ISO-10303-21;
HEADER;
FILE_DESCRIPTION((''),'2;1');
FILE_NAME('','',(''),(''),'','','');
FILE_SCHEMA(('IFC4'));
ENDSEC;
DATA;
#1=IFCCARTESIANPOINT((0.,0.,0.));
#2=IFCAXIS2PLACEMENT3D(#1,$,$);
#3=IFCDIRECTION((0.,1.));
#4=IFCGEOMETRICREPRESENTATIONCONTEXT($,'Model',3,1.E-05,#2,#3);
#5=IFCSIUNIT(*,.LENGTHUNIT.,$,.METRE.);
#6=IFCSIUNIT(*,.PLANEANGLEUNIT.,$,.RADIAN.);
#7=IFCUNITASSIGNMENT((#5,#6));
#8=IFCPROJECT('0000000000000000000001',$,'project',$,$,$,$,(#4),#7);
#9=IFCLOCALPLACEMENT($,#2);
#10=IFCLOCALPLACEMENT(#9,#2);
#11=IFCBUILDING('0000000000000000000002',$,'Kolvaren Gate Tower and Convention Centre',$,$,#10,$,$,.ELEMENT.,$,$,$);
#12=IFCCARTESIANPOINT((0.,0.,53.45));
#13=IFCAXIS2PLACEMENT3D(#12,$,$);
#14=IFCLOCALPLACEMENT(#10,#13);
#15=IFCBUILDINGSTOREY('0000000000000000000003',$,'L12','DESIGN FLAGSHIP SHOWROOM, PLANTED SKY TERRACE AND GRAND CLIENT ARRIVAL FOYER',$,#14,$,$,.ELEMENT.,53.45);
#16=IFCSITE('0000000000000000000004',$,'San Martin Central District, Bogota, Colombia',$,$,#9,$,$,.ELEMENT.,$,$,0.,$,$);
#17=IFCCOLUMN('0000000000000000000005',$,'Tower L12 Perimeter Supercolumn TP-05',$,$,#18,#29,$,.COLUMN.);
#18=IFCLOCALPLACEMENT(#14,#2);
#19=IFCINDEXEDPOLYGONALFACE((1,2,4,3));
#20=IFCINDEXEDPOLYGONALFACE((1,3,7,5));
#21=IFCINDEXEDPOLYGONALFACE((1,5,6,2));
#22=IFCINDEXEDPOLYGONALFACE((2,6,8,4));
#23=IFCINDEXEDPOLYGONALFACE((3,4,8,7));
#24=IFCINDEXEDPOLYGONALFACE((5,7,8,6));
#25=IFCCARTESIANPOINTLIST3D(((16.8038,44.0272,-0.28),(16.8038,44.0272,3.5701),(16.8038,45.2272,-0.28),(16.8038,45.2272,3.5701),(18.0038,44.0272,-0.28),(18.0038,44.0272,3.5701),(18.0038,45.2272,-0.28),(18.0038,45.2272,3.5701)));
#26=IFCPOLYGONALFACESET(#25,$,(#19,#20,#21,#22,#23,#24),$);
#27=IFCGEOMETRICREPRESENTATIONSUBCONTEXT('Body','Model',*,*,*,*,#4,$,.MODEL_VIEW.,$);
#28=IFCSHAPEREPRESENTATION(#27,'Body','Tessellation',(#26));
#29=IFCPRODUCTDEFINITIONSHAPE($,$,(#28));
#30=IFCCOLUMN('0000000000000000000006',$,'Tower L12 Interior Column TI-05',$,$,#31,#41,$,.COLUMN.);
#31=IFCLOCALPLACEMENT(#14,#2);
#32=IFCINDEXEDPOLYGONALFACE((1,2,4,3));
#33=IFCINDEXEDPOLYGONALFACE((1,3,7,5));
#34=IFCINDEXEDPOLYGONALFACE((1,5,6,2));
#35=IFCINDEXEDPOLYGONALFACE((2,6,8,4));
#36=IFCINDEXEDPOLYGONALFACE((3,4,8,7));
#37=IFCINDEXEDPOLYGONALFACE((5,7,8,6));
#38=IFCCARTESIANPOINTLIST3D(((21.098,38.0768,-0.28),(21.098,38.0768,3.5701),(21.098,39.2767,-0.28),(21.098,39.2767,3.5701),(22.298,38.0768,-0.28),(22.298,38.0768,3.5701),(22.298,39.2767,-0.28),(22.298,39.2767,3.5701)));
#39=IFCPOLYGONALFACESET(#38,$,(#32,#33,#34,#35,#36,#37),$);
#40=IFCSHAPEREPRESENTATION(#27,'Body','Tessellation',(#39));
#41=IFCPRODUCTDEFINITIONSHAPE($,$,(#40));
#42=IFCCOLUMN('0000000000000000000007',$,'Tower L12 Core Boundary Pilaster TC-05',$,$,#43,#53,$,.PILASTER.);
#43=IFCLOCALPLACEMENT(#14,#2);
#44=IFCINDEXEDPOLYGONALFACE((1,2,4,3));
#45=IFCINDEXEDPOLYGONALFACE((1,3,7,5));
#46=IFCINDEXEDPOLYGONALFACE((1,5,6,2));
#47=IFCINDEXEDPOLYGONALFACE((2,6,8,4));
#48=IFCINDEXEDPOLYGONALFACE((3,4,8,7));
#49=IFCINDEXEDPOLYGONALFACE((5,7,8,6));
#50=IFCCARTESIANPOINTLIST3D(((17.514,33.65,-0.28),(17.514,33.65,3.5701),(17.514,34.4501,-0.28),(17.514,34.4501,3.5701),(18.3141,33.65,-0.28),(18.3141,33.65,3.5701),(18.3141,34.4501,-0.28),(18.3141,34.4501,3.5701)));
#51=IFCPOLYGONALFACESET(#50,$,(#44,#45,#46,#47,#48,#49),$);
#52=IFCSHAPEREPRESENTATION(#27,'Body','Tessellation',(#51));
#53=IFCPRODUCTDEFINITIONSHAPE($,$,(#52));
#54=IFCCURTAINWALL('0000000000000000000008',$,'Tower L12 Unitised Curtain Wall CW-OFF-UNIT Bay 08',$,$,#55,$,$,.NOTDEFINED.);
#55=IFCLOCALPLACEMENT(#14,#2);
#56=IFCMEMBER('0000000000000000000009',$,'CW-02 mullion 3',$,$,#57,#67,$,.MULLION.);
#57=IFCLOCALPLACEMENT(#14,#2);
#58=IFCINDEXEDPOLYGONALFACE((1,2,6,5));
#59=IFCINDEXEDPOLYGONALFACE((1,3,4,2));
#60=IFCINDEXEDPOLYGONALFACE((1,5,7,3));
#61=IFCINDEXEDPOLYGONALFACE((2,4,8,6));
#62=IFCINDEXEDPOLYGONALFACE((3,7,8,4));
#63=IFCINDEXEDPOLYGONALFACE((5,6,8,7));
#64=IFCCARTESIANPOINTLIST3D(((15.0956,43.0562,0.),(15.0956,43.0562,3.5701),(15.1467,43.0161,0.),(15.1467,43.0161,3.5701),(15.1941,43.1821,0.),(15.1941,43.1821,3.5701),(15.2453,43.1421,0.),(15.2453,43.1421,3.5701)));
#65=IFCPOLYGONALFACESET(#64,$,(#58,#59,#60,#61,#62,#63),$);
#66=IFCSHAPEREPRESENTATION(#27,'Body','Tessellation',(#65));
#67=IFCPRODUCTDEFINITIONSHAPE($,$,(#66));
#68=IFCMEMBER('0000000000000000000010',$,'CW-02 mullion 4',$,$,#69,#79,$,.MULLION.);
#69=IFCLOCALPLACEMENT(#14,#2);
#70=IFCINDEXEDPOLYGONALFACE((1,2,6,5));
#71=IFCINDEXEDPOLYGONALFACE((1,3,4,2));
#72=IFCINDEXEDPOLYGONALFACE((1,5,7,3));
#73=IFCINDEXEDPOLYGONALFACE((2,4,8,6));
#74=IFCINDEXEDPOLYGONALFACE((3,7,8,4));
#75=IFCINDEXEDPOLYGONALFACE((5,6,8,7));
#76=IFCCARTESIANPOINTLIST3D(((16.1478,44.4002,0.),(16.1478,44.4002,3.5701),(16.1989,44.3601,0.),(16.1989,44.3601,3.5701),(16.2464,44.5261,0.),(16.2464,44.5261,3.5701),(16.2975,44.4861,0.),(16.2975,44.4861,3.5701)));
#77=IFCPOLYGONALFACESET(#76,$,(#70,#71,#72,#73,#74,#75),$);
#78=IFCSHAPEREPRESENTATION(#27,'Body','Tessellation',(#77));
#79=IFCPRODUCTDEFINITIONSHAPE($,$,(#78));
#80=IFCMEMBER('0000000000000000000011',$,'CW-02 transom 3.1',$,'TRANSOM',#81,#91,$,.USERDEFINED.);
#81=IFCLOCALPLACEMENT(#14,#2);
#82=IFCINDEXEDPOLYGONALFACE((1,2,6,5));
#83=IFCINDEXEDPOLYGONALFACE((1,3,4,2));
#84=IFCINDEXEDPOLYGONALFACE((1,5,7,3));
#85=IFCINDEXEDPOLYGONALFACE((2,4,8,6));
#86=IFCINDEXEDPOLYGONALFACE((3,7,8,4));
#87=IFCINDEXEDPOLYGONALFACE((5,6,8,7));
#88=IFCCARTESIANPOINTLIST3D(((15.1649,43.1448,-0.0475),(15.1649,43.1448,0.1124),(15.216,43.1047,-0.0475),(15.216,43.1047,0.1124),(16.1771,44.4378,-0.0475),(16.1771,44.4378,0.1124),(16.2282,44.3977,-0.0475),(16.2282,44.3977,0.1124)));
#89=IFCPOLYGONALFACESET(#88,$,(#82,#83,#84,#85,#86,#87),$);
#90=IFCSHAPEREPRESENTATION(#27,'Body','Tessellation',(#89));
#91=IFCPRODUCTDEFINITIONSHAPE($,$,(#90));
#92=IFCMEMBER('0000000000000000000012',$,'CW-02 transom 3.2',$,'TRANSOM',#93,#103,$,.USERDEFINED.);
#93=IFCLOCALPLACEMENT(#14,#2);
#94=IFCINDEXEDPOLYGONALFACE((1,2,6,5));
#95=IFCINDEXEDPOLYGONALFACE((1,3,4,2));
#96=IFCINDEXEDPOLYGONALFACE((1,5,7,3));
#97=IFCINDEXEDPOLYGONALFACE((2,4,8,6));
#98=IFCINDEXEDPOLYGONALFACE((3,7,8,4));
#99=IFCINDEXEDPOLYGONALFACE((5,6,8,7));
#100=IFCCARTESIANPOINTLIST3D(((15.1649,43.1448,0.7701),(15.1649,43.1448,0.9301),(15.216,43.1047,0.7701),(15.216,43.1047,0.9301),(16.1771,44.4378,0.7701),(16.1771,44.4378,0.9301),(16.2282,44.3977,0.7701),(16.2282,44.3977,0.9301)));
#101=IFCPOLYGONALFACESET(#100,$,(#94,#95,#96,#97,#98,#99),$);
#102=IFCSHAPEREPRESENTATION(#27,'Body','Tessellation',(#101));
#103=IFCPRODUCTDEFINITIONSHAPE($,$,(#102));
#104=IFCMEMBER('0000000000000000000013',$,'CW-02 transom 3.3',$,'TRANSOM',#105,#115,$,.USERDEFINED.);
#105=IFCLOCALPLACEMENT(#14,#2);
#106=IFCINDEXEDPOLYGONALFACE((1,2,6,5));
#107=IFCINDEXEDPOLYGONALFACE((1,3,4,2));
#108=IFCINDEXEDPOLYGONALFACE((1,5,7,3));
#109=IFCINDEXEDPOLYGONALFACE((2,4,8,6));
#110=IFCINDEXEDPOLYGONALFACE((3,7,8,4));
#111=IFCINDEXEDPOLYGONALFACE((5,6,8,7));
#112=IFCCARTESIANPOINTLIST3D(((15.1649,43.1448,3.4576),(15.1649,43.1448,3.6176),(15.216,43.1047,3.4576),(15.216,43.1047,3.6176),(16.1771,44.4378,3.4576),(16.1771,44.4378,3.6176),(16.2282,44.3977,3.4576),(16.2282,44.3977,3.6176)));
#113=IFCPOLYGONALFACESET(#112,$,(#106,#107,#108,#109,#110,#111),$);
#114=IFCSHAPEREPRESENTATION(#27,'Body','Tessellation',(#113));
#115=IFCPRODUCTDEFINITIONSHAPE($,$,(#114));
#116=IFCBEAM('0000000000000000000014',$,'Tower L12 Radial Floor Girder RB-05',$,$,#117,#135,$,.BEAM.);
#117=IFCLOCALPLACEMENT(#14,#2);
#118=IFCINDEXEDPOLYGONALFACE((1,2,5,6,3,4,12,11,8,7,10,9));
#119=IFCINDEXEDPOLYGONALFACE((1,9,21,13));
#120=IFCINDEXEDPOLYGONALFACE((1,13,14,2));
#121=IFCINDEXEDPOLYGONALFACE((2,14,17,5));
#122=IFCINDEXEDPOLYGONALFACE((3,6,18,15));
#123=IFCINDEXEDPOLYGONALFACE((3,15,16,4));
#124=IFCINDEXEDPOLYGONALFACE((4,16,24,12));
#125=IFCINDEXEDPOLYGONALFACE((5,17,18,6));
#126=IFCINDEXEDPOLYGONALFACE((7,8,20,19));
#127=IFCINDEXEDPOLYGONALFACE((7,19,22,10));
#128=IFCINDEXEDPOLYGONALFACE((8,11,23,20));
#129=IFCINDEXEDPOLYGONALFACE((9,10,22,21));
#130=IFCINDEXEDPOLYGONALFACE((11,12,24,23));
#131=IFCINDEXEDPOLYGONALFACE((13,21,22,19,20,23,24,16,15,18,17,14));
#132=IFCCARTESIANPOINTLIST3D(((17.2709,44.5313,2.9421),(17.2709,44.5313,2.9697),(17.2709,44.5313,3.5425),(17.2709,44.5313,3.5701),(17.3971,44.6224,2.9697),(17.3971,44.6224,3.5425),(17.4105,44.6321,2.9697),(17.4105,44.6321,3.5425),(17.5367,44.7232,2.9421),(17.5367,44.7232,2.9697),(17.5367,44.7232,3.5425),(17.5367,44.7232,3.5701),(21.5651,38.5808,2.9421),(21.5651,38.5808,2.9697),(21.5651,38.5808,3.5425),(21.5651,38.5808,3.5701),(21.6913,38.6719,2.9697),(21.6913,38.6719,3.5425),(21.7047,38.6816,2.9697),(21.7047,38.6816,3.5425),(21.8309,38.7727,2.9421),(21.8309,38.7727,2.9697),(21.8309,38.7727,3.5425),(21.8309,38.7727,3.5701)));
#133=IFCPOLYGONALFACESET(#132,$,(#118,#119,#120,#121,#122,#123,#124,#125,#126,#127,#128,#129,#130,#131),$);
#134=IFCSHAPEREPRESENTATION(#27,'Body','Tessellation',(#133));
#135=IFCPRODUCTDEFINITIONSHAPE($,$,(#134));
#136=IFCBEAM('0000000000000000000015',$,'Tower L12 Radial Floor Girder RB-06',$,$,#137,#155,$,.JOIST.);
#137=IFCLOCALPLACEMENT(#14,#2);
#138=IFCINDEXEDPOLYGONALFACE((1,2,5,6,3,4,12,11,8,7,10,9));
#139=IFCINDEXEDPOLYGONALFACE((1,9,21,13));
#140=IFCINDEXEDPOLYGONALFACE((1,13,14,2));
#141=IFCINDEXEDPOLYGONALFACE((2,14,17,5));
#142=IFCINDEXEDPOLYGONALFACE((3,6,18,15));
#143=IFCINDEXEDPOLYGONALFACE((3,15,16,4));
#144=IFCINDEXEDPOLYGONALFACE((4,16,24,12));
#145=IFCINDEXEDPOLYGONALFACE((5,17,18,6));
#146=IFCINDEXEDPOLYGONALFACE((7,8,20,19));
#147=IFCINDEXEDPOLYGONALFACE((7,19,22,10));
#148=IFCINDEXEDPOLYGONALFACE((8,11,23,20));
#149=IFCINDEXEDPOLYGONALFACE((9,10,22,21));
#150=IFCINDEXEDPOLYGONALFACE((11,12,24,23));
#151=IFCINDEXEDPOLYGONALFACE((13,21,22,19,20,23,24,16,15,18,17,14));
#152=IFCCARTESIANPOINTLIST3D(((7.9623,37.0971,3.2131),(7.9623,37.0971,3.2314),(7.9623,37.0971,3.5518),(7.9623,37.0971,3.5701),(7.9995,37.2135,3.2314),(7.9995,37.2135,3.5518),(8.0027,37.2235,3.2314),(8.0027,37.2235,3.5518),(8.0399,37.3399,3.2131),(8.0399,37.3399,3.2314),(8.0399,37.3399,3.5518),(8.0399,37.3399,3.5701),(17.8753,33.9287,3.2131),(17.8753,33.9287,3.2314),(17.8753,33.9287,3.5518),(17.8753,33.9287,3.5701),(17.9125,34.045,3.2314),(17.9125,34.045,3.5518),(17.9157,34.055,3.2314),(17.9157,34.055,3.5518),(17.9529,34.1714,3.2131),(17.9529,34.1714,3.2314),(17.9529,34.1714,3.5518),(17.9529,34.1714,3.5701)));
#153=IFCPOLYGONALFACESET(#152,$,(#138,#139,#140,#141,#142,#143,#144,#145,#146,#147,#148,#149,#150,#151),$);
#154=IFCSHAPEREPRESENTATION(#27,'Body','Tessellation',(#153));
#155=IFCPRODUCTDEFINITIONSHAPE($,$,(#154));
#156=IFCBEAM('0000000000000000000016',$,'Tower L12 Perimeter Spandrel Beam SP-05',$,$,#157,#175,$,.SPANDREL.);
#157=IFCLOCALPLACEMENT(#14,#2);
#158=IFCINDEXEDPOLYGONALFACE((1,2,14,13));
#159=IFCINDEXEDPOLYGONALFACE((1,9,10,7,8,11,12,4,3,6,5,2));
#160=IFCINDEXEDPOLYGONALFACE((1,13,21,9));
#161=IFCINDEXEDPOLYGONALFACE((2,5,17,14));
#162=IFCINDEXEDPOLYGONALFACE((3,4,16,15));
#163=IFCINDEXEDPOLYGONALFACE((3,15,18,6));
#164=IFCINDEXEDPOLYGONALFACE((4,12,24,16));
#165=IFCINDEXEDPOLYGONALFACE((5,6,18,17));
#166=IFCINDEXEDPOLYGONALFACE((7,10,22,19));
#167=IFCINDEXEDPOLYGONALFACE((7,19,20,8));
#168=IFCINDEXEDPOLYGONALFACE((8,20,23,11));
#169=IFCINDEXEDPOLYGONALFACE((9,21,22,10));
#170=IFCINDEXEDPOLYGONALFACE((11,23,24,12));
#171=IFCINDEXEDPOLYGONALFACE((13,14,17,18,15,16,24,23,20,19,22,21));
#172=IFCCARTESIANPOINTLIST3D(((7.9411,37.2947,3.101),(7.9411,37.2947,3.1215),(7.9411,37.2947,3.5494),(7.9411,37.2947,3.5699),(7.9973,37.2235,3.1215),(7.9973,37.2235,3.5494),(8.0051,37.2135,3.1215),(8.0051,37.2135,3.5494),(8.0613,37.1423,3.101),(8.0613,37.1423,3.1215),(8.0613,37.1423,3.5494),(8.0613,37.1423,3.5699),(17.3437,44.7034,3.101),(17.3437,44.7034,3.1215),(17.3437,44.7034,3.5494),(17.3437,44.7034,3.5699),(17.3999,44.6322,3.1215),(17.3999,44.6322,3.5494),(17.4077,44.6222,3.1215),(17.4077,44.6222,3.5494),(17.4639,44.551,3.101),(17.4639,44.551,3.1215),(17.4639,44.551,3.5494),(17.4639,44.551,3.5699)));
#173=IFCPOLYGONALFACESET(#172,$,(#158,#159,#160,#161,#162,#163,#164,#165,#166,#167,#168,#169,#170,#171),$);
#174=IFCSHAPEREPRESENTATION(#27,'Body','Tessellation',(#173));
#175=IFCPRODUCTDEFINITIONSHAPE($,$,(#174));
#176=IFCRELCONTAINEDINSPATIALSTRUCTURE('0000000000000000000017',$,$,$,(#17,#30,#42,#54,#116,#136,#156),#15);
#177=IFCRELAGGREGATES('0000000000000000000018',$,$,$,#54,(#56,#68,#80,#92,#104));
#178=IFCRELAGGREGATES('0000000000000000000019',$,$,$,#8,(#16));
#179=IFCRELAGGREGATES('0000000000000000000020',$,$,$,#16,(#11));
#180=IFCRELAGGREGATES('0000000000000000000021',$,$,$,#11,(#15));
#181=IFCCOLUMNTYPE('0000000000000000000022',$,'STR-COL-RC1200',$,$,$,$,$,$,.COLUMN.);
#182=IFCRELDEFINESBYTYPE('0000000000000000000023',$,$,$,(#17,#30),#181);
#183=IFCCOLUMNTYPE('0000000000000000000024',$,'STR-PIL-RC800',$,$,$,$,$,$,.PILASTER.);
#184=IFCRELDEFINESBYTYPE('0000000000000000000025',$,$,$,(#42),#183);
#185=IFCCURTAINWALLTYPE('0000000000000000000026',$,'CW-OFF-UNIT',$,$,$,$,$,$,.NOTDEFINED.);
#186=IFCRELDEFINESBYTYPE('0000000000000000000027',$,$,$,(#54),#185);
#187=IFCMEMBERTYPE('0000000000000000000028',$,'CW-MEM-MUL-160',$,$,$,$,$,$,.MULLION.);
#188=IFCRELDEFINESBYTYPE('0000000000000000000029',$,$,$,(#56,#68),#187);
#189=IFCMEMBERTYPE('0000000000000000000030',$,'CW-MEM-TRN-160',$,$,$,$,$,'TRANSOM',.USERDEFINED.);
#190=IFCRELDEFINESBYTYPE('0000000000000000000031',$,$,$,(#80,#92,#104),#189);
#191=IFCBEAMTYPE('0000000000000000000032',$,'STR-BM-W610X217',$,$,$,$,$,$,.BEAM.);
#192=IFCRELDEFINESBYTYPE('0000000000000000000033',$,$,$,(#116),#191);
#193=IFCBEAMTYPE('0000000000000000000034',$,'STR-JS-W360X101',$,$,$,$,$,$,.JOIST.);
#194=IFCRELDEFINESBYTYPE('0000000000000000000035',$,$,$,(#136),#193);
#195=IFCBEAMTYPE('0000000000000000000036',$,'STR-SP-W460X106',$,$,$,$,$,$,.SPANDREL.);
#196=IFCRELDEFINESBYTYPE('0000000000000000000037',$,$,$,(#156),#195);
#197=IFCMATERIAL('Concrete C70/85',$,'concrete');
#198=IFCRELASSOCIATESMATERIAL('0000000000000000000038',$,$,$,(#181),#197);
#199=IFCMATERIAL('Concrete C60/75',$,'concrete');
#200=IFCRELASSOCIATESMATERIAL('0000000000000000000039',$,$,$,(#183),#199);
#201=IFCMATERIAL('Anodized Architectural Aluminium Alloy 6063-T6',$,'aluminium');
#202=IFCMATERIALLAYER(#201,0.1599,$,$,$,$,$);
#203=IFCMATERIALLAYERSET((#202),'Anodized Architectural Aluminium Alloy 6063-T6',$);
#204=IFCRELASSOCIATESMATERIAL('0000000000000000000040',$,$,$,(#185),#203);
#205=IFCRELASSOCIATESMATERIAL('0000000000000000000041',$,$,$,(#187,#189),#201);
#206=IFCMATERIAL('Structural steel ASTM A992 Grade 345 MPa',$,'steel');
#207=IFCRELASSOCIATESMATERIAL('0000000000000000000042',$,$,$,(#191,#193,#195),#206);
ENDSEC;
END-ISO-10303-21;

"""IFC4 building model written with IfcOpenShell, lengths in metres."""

from ifc_helpers import new_model, si_unit, direction, frame, origin, origin_2d, place, context, subcontext, project, spatial, rectangle, i_section, extrude, material, layer, layer_set, material_profile, profile_set, type_object, element, aggregate, save


model = new_model("IFC4")

# Units and contexts
model_context = context("Model", 3, precision=1e-05, world=origin(), true_north=direction((0.0, 1.0)))
body_context = subcontext(model_context, "Body", "Model", "MODEL_VIEW")
ifc_project = project(units=[si_unit("LENGTHUNIT", "METRE"), si_unit("PLANEANGLEUNIT", "RADIAN")], contexts=[model_context])

# Site, building, storey
site_placement = place(None, origin())
site = spatial("IfcSite", under=ifc_project, at=site_placement, Name="San Martin Central District, Bogota, Colombia", CompositionType="ELEMENT", RefElevation=0.0)
building_placement = place(site_placement, origin())
building = spatial("IfcBuilding", under=site, at=building_placement, Name="Kolvaren Gate Tower and Convention Centre", CompositionType="ELEMENT")
storey_placement = place(building_placement, frame((0.0, 0.0, 53.45)))
storey = spatial("IfcBuildingStorey", under=building, at=storey_placement, Name="L12", Description="DESIGN FLAGSHIP SHOWROOM, PLANTED SKY TERRACE AND GRAND CLIENT ARRIVAL FOYER", CompositionType="ELEMENT", Elevation=53.45)

# Columns
ifc_material_1 = material(Name="Concrete C70/85", Category="concrete")
ifc_material_profile_1 = material_profile(ifc_material_1, rectangle(XDim=1.2, YDim=1.2, at=origin_2d()), Name="RC-COL-1200X1200")
ifc_profile_set_1 = profile_set([ifc_material_profile_1], Name="Concrete C70/85")
column_type_1 = type_object("IfcColumnType", Name="STR-COL-RC1200", PredefinedType="COLUMN", material=ifc_profile_set_1)
for number, where, z_axis, x_axis, name in (
    (1, (17.4038, 44.6272, -0.28), (0.0, 0.0, 1.0), (1.0, 0.0, 0.0), "Tower L12 Perimeter Supercolumn TP-05"),
    (2, (21.698, 38.6768, -0.28), (0.0, 0.0, 1.0), (1.0, 0.0, 0.0), "Tower L12 Interior Column TI-05"),
):
    element("IfcColumn", number, at=place(storey_placement, frame(where, z_axis=z_axis, x_axis=x_axis)), inside=storey, type_object=column_type_1, Name=name, PredefinedType="COLUMN", context=body_context, shape_type="SweptSolid", body=[
        extrude(rectangle(XDim=1.2, YDim=1.2, at=origin_2d()), origin(), (0.0, 0.0, 1.0), 3.8501),
    ])
ifc_material_2 = material(Name="Concrete C60/75", Category="concrete")
ifc_material_profile_2 = material_profile(ifc_material_2, rectangle(XDim=0.8, YDim=0.8, at=origin_2d()), Name="RC-COL-800X800")
ifc_profile_set_2 = profile_set([ifc_material_profile_2], Name="Concrete C60/75")
column_type_2 = type_object("IfcColumnType", Name="STR-PIL-RC800", PredefinedType="PILASTER", material=ifc_profile_set_2)
column_placement = place(storey_placement, frame((17.9141, 34.05, -0.28), z_axis=(0.0, 0.0, 1.0), x_axis=(1.0, 0.0, 0.0)))
element("IfcColumn", 3, at=column_placement, inside=storey, type_object=column_type_2, Name="Tower L12 Core Boundary Pilaster TC-05", PredefinedType="PILASTER", context=body_context, shape_type="SweptSolid", body=[
    extrude(rectangle(XDim=0.8, YDim=0.8, at=origin_2d()), origin(), (0.0, 0.0, 1.0), 3.8501),
])

# Curtain wall, members
ifc_material_3 = material(Name="Anodized Architectural Aluminium Alloy 6063-T6", Category="aluminium")
ifc_layer_1 = layer(ifc_material_3, 0.1599)
ifc_layer_set_1 = layer_set([ifc_layer_1], Name="Anodized Architectural Aluminium Alloy 6063-T6")
curtain_wall_type = type_object("IfcCurtainWallType", Name="CW-OFF-UNIT", PredefinedType="NOTDEFINED", material=ifc_layer_set_1)
curtain_wall_placement = place(storey_placement, origin())
curtain_wall = element("IfcCurtainWall", 4, at=curtain_wall_placement, inside=storey, type_object=curtain_wall_type, Name="Tower L12 Unitised Curtain Wall CW-OFF-UNIT Bay 08", PredefinedType="NOTDEFINED")
ifc_material_profile_3 = material_profile(ifc_material_3, rectangle(XDim=0.0649, YDim=0.1599, at=origin_2d()), Name="CW-MEM-MUL-160")
ifc_profile_set_3 = profile_set([ifc_material_profile_3], Name="Anodized Architectural Aluminium Alloy 6063-T6")
member_type_1 = type_object("IfcMemberType", Name="CW-MEM-MUL-160", PredefinedType="MULLION", material=ifc_profile_set_3)
member_1_placement = place(storey_placement, frame((15.1704, 43.0991, 0.0), z_axis=(0.0, 0.0, 1.0), x_axis=(-0.787403, 0.616438, 0.0)))
member_1 = element("IfcMember", 5, at=member_1_placement, type_object=member_type_1, Name="CW-02 mullion 3", PredefinedType="MULLION", context=body_context, shape_type="SweptSolid", body=[
    extrude(rectangle(XDim=0.0649, YDim=0.1599, at=origin_2d()), origin(), (0.0, 0.0, 1.0), 3.5701),
])
member_2_placement = place(storey_placement, frame((16.2227, 44.4431, 0.0), z_axis=(0.0, 0.0, 1.0), x_axis=(-0.787403, 0.616438, 0.0)))
member_2 = element("IfcMember", 6, at=member_2_placement, type_object=member_type_1, Name="CW-02 mullion 4", PredefinedType="MULLION", context=body_context, shape_type="SweptSolid", body=[
    extrude(rectangle(XDim=0.0649, YDim=0.1599, at=origin_2d()), origin(), (0.0, 0.0, 1.0), 3.5701),
])
ifc_material_profile_4 = material_profile(ifc_material_3, rectangle(XDim=0.0649, YDim=0.1599, at=origin_2d()), Name="CW-MEM-TRN-160")
ifc_profile_set_4 = profile_set([ifc_material_profile_4], Name="Anodized Architectural Aluminium Alloy 6063-T6")
member_type_2 = type_object("IfcMemberType", Name="CW-MEM-TRN-160", ElementType="TRANSOM", PredefinedType="USERDEFINED", material=ifc_profile_set_4)
member_3_placement = place(storey_placement, frame((15.1904, 43.1248, 0.0325), z_axis=(0.616429, 0.787411, 0.0), x_axis=(-0.787411, 0.616429, 0.0)))
member_3 = element("IfcMember", 7, at=member_3_placement, type_object=member_type_2, Name="CW-02 transom 3.1", ObjectType="TRANSOM", PredefinedType="USERDEFINED", context=body_context, shape_type="SweptSolid", body=[
    extrude(rectangle(XDim=0.0649, YDim=0.1599, at=origin_2d()), origin(), (0.0, 0.0, 1.0), 1.6421),
])
member_4_placement = place(storey_placement, frame((15.1904, 43.1248, 0.8501), z_axis=(0.616429, 0.787411, 0.0), x_axis=(-0.787411, 0.616429, 0.0)))
member_4 = element("IfcMember", 8, at=member_4_placement, type_object=member_type_2, Name="CW-02 transom 3.2", ObjectType="TRANSOM", PredefinedType="USERDEFINED", context=body_context, shape_type="SweptSolid", body=[
    extrude(rectangle(XDim=0.0649, YDim=0.1599, at=origin_2d()), origin(), (0.0, 0.0, 1.0), 1.6421),
])
member_5_placement = place(storey_placement, frame((15.1904, 43.1248, 3.5376), z_axis=(0.616429, 0.787411, 0.0), x_axis=(-0.787411, 0.616429, 0.0)))
member_5 = element("IfcMember", 9, at=member_5_placement, type_object=member_type_2, Name="CW-02 transom 3.3", ObjectType="TRANSOM", PredefinedType="USERDEFINED", context=body_context, shape_type="SweptSolid", body=[
    extrude(rectangle(XDim=0.0649, YDim=0.1599, at=origin_2d()), origin(), (0.0, 0.0, 1.0), 1.6421),
])

# Beams
ifc_material_4 = material(Name="Structural steel ASTM A992 Grade 345 MPa", Category="steel")
ifc_material_profile_5 = material_profile(ifc_material_4, i_section(OverallWidth=0.3279, OverallDepth=0.6279, WebThickness=0.0166, FlangeThickness=0.0276, at=origin_2d()), Name="W610X217")
ifc_profile_set_5 = profile_set([ifc_material_profile_5], Name="Structural steel ASTM A992 Grade 345 MPa")
beam_type_1 = type_object("IfcBeamType", Name="STR-BM-W610X217", PredefinedType="BEAM", material=ifc_profile_set_5)
beam_1_placement = place(storey_placement, frame((21.698, 38.6768, 3.2561), z_axis=(-0.58519, 0.810896, 0.0), x_axis=(-0.810896, -0.58519, 0.0)))
element("IfcBeam", 10, at=beam_1_placement, inside=storey, type_object=beam_type_1, Name="Tower L12 Radial Floor Girder RB-05", PredefinedType="BEAM", context=body_context, shape_type="SweptSolid", body=[
    extrude(i_section(OverallWidth=0.3279, OverallDepth=0.6279, WebThickness=0.0166, FlangeThickness=0.0276, at=origin_2d()), origin(), (0.0, 0.0, 1.0), 7.3381),
])
ifc_material_profile_6 = material_profile(ifc_material_4, i_section(OverallWidth=0.2549, OverallDepth=0.3569, WebThickness=0.0105, FlangeThickness=0.0183, at=origin_2d()), Name="W360X101")
ifc_profile_set_6 = profile_set([ifc_material_profile_6], Name="Structural steel ASTM A992 Grade 345 MPa")
beam_type_2 = type_object("IfcBeamType", Name="STR-JS-W360X101", PredefinedType="JOIST", material=ifc_profile_set_6)
beam_2_placement = place(storey_placement, frame((17.9141, 34.05, 3.3916), z_axis=(-0.952526, 0.304457, 0.0), x_axis=(-0.304457, -0.952526, 0.0)))
element("IfcBeam", 11, at=beam_2_placement, inside=storey, type_object=beam_type_2, Name="Tower L12 Radial Floor Girder RB-06", PredefinedType="JOIST", context=body_context, shape_type="SweptSolid", body=[
    extrude(i_section(OverallWidth=0.2549, OverallDepth=0.3569, WebThickness=0.0105, FlangeThickness=0.0183, at=origin_2d()), origin(), (0.0, 0.0, 1.0), 10.407),
])
ifc_material_profile_7 = material_profile(ifc_material_4, i_section(OverallWidth=0.1941, OverallDepth=0.469, WebThickness=0.0127, FlangeThickness=0.0205, at=origin_2d()), Name="W460X106")
ifc_profile_set_7 = profile_set([ifc_material_profile_7], Name="Structural steel ASTM A992 Grade 345 MPa")
beam_type_3 = type_object("IfcBeamType", Name="STR-SP-W460X106", PredefinedType="SPANDREL", material=ifc_profile_set_7)
beam_3_placement = place(storey_placement, frame((17.4038, 44.6272, 3.3354), z_axis=(-0.785468, -0.618903, 0.0), x_axis=(0.618903, -0.785468, 0.0)))
element("IfcBeam", 12, at=beam_3_placement, inside=storey, type_object=beam_type_3, Name="Tower L12 Perimeter Spandrel Beam SP-05", PredefinedType="SPANDREL", context=body_context, shape_type="SweptSolid", body=[
    extrude(i_section(OverallWidth=0.1941, OverallDepth=0.469, WebThickness=0.0127, FlangeThickness=0.0205, at=origin_2d()), origin(), (0.0, 0.0, 1.0), 11.9707),
])

aggregate(curtain_wall, [member_1, member_2, member_3, member_4, member_5])

save(model, "model.ifc")
